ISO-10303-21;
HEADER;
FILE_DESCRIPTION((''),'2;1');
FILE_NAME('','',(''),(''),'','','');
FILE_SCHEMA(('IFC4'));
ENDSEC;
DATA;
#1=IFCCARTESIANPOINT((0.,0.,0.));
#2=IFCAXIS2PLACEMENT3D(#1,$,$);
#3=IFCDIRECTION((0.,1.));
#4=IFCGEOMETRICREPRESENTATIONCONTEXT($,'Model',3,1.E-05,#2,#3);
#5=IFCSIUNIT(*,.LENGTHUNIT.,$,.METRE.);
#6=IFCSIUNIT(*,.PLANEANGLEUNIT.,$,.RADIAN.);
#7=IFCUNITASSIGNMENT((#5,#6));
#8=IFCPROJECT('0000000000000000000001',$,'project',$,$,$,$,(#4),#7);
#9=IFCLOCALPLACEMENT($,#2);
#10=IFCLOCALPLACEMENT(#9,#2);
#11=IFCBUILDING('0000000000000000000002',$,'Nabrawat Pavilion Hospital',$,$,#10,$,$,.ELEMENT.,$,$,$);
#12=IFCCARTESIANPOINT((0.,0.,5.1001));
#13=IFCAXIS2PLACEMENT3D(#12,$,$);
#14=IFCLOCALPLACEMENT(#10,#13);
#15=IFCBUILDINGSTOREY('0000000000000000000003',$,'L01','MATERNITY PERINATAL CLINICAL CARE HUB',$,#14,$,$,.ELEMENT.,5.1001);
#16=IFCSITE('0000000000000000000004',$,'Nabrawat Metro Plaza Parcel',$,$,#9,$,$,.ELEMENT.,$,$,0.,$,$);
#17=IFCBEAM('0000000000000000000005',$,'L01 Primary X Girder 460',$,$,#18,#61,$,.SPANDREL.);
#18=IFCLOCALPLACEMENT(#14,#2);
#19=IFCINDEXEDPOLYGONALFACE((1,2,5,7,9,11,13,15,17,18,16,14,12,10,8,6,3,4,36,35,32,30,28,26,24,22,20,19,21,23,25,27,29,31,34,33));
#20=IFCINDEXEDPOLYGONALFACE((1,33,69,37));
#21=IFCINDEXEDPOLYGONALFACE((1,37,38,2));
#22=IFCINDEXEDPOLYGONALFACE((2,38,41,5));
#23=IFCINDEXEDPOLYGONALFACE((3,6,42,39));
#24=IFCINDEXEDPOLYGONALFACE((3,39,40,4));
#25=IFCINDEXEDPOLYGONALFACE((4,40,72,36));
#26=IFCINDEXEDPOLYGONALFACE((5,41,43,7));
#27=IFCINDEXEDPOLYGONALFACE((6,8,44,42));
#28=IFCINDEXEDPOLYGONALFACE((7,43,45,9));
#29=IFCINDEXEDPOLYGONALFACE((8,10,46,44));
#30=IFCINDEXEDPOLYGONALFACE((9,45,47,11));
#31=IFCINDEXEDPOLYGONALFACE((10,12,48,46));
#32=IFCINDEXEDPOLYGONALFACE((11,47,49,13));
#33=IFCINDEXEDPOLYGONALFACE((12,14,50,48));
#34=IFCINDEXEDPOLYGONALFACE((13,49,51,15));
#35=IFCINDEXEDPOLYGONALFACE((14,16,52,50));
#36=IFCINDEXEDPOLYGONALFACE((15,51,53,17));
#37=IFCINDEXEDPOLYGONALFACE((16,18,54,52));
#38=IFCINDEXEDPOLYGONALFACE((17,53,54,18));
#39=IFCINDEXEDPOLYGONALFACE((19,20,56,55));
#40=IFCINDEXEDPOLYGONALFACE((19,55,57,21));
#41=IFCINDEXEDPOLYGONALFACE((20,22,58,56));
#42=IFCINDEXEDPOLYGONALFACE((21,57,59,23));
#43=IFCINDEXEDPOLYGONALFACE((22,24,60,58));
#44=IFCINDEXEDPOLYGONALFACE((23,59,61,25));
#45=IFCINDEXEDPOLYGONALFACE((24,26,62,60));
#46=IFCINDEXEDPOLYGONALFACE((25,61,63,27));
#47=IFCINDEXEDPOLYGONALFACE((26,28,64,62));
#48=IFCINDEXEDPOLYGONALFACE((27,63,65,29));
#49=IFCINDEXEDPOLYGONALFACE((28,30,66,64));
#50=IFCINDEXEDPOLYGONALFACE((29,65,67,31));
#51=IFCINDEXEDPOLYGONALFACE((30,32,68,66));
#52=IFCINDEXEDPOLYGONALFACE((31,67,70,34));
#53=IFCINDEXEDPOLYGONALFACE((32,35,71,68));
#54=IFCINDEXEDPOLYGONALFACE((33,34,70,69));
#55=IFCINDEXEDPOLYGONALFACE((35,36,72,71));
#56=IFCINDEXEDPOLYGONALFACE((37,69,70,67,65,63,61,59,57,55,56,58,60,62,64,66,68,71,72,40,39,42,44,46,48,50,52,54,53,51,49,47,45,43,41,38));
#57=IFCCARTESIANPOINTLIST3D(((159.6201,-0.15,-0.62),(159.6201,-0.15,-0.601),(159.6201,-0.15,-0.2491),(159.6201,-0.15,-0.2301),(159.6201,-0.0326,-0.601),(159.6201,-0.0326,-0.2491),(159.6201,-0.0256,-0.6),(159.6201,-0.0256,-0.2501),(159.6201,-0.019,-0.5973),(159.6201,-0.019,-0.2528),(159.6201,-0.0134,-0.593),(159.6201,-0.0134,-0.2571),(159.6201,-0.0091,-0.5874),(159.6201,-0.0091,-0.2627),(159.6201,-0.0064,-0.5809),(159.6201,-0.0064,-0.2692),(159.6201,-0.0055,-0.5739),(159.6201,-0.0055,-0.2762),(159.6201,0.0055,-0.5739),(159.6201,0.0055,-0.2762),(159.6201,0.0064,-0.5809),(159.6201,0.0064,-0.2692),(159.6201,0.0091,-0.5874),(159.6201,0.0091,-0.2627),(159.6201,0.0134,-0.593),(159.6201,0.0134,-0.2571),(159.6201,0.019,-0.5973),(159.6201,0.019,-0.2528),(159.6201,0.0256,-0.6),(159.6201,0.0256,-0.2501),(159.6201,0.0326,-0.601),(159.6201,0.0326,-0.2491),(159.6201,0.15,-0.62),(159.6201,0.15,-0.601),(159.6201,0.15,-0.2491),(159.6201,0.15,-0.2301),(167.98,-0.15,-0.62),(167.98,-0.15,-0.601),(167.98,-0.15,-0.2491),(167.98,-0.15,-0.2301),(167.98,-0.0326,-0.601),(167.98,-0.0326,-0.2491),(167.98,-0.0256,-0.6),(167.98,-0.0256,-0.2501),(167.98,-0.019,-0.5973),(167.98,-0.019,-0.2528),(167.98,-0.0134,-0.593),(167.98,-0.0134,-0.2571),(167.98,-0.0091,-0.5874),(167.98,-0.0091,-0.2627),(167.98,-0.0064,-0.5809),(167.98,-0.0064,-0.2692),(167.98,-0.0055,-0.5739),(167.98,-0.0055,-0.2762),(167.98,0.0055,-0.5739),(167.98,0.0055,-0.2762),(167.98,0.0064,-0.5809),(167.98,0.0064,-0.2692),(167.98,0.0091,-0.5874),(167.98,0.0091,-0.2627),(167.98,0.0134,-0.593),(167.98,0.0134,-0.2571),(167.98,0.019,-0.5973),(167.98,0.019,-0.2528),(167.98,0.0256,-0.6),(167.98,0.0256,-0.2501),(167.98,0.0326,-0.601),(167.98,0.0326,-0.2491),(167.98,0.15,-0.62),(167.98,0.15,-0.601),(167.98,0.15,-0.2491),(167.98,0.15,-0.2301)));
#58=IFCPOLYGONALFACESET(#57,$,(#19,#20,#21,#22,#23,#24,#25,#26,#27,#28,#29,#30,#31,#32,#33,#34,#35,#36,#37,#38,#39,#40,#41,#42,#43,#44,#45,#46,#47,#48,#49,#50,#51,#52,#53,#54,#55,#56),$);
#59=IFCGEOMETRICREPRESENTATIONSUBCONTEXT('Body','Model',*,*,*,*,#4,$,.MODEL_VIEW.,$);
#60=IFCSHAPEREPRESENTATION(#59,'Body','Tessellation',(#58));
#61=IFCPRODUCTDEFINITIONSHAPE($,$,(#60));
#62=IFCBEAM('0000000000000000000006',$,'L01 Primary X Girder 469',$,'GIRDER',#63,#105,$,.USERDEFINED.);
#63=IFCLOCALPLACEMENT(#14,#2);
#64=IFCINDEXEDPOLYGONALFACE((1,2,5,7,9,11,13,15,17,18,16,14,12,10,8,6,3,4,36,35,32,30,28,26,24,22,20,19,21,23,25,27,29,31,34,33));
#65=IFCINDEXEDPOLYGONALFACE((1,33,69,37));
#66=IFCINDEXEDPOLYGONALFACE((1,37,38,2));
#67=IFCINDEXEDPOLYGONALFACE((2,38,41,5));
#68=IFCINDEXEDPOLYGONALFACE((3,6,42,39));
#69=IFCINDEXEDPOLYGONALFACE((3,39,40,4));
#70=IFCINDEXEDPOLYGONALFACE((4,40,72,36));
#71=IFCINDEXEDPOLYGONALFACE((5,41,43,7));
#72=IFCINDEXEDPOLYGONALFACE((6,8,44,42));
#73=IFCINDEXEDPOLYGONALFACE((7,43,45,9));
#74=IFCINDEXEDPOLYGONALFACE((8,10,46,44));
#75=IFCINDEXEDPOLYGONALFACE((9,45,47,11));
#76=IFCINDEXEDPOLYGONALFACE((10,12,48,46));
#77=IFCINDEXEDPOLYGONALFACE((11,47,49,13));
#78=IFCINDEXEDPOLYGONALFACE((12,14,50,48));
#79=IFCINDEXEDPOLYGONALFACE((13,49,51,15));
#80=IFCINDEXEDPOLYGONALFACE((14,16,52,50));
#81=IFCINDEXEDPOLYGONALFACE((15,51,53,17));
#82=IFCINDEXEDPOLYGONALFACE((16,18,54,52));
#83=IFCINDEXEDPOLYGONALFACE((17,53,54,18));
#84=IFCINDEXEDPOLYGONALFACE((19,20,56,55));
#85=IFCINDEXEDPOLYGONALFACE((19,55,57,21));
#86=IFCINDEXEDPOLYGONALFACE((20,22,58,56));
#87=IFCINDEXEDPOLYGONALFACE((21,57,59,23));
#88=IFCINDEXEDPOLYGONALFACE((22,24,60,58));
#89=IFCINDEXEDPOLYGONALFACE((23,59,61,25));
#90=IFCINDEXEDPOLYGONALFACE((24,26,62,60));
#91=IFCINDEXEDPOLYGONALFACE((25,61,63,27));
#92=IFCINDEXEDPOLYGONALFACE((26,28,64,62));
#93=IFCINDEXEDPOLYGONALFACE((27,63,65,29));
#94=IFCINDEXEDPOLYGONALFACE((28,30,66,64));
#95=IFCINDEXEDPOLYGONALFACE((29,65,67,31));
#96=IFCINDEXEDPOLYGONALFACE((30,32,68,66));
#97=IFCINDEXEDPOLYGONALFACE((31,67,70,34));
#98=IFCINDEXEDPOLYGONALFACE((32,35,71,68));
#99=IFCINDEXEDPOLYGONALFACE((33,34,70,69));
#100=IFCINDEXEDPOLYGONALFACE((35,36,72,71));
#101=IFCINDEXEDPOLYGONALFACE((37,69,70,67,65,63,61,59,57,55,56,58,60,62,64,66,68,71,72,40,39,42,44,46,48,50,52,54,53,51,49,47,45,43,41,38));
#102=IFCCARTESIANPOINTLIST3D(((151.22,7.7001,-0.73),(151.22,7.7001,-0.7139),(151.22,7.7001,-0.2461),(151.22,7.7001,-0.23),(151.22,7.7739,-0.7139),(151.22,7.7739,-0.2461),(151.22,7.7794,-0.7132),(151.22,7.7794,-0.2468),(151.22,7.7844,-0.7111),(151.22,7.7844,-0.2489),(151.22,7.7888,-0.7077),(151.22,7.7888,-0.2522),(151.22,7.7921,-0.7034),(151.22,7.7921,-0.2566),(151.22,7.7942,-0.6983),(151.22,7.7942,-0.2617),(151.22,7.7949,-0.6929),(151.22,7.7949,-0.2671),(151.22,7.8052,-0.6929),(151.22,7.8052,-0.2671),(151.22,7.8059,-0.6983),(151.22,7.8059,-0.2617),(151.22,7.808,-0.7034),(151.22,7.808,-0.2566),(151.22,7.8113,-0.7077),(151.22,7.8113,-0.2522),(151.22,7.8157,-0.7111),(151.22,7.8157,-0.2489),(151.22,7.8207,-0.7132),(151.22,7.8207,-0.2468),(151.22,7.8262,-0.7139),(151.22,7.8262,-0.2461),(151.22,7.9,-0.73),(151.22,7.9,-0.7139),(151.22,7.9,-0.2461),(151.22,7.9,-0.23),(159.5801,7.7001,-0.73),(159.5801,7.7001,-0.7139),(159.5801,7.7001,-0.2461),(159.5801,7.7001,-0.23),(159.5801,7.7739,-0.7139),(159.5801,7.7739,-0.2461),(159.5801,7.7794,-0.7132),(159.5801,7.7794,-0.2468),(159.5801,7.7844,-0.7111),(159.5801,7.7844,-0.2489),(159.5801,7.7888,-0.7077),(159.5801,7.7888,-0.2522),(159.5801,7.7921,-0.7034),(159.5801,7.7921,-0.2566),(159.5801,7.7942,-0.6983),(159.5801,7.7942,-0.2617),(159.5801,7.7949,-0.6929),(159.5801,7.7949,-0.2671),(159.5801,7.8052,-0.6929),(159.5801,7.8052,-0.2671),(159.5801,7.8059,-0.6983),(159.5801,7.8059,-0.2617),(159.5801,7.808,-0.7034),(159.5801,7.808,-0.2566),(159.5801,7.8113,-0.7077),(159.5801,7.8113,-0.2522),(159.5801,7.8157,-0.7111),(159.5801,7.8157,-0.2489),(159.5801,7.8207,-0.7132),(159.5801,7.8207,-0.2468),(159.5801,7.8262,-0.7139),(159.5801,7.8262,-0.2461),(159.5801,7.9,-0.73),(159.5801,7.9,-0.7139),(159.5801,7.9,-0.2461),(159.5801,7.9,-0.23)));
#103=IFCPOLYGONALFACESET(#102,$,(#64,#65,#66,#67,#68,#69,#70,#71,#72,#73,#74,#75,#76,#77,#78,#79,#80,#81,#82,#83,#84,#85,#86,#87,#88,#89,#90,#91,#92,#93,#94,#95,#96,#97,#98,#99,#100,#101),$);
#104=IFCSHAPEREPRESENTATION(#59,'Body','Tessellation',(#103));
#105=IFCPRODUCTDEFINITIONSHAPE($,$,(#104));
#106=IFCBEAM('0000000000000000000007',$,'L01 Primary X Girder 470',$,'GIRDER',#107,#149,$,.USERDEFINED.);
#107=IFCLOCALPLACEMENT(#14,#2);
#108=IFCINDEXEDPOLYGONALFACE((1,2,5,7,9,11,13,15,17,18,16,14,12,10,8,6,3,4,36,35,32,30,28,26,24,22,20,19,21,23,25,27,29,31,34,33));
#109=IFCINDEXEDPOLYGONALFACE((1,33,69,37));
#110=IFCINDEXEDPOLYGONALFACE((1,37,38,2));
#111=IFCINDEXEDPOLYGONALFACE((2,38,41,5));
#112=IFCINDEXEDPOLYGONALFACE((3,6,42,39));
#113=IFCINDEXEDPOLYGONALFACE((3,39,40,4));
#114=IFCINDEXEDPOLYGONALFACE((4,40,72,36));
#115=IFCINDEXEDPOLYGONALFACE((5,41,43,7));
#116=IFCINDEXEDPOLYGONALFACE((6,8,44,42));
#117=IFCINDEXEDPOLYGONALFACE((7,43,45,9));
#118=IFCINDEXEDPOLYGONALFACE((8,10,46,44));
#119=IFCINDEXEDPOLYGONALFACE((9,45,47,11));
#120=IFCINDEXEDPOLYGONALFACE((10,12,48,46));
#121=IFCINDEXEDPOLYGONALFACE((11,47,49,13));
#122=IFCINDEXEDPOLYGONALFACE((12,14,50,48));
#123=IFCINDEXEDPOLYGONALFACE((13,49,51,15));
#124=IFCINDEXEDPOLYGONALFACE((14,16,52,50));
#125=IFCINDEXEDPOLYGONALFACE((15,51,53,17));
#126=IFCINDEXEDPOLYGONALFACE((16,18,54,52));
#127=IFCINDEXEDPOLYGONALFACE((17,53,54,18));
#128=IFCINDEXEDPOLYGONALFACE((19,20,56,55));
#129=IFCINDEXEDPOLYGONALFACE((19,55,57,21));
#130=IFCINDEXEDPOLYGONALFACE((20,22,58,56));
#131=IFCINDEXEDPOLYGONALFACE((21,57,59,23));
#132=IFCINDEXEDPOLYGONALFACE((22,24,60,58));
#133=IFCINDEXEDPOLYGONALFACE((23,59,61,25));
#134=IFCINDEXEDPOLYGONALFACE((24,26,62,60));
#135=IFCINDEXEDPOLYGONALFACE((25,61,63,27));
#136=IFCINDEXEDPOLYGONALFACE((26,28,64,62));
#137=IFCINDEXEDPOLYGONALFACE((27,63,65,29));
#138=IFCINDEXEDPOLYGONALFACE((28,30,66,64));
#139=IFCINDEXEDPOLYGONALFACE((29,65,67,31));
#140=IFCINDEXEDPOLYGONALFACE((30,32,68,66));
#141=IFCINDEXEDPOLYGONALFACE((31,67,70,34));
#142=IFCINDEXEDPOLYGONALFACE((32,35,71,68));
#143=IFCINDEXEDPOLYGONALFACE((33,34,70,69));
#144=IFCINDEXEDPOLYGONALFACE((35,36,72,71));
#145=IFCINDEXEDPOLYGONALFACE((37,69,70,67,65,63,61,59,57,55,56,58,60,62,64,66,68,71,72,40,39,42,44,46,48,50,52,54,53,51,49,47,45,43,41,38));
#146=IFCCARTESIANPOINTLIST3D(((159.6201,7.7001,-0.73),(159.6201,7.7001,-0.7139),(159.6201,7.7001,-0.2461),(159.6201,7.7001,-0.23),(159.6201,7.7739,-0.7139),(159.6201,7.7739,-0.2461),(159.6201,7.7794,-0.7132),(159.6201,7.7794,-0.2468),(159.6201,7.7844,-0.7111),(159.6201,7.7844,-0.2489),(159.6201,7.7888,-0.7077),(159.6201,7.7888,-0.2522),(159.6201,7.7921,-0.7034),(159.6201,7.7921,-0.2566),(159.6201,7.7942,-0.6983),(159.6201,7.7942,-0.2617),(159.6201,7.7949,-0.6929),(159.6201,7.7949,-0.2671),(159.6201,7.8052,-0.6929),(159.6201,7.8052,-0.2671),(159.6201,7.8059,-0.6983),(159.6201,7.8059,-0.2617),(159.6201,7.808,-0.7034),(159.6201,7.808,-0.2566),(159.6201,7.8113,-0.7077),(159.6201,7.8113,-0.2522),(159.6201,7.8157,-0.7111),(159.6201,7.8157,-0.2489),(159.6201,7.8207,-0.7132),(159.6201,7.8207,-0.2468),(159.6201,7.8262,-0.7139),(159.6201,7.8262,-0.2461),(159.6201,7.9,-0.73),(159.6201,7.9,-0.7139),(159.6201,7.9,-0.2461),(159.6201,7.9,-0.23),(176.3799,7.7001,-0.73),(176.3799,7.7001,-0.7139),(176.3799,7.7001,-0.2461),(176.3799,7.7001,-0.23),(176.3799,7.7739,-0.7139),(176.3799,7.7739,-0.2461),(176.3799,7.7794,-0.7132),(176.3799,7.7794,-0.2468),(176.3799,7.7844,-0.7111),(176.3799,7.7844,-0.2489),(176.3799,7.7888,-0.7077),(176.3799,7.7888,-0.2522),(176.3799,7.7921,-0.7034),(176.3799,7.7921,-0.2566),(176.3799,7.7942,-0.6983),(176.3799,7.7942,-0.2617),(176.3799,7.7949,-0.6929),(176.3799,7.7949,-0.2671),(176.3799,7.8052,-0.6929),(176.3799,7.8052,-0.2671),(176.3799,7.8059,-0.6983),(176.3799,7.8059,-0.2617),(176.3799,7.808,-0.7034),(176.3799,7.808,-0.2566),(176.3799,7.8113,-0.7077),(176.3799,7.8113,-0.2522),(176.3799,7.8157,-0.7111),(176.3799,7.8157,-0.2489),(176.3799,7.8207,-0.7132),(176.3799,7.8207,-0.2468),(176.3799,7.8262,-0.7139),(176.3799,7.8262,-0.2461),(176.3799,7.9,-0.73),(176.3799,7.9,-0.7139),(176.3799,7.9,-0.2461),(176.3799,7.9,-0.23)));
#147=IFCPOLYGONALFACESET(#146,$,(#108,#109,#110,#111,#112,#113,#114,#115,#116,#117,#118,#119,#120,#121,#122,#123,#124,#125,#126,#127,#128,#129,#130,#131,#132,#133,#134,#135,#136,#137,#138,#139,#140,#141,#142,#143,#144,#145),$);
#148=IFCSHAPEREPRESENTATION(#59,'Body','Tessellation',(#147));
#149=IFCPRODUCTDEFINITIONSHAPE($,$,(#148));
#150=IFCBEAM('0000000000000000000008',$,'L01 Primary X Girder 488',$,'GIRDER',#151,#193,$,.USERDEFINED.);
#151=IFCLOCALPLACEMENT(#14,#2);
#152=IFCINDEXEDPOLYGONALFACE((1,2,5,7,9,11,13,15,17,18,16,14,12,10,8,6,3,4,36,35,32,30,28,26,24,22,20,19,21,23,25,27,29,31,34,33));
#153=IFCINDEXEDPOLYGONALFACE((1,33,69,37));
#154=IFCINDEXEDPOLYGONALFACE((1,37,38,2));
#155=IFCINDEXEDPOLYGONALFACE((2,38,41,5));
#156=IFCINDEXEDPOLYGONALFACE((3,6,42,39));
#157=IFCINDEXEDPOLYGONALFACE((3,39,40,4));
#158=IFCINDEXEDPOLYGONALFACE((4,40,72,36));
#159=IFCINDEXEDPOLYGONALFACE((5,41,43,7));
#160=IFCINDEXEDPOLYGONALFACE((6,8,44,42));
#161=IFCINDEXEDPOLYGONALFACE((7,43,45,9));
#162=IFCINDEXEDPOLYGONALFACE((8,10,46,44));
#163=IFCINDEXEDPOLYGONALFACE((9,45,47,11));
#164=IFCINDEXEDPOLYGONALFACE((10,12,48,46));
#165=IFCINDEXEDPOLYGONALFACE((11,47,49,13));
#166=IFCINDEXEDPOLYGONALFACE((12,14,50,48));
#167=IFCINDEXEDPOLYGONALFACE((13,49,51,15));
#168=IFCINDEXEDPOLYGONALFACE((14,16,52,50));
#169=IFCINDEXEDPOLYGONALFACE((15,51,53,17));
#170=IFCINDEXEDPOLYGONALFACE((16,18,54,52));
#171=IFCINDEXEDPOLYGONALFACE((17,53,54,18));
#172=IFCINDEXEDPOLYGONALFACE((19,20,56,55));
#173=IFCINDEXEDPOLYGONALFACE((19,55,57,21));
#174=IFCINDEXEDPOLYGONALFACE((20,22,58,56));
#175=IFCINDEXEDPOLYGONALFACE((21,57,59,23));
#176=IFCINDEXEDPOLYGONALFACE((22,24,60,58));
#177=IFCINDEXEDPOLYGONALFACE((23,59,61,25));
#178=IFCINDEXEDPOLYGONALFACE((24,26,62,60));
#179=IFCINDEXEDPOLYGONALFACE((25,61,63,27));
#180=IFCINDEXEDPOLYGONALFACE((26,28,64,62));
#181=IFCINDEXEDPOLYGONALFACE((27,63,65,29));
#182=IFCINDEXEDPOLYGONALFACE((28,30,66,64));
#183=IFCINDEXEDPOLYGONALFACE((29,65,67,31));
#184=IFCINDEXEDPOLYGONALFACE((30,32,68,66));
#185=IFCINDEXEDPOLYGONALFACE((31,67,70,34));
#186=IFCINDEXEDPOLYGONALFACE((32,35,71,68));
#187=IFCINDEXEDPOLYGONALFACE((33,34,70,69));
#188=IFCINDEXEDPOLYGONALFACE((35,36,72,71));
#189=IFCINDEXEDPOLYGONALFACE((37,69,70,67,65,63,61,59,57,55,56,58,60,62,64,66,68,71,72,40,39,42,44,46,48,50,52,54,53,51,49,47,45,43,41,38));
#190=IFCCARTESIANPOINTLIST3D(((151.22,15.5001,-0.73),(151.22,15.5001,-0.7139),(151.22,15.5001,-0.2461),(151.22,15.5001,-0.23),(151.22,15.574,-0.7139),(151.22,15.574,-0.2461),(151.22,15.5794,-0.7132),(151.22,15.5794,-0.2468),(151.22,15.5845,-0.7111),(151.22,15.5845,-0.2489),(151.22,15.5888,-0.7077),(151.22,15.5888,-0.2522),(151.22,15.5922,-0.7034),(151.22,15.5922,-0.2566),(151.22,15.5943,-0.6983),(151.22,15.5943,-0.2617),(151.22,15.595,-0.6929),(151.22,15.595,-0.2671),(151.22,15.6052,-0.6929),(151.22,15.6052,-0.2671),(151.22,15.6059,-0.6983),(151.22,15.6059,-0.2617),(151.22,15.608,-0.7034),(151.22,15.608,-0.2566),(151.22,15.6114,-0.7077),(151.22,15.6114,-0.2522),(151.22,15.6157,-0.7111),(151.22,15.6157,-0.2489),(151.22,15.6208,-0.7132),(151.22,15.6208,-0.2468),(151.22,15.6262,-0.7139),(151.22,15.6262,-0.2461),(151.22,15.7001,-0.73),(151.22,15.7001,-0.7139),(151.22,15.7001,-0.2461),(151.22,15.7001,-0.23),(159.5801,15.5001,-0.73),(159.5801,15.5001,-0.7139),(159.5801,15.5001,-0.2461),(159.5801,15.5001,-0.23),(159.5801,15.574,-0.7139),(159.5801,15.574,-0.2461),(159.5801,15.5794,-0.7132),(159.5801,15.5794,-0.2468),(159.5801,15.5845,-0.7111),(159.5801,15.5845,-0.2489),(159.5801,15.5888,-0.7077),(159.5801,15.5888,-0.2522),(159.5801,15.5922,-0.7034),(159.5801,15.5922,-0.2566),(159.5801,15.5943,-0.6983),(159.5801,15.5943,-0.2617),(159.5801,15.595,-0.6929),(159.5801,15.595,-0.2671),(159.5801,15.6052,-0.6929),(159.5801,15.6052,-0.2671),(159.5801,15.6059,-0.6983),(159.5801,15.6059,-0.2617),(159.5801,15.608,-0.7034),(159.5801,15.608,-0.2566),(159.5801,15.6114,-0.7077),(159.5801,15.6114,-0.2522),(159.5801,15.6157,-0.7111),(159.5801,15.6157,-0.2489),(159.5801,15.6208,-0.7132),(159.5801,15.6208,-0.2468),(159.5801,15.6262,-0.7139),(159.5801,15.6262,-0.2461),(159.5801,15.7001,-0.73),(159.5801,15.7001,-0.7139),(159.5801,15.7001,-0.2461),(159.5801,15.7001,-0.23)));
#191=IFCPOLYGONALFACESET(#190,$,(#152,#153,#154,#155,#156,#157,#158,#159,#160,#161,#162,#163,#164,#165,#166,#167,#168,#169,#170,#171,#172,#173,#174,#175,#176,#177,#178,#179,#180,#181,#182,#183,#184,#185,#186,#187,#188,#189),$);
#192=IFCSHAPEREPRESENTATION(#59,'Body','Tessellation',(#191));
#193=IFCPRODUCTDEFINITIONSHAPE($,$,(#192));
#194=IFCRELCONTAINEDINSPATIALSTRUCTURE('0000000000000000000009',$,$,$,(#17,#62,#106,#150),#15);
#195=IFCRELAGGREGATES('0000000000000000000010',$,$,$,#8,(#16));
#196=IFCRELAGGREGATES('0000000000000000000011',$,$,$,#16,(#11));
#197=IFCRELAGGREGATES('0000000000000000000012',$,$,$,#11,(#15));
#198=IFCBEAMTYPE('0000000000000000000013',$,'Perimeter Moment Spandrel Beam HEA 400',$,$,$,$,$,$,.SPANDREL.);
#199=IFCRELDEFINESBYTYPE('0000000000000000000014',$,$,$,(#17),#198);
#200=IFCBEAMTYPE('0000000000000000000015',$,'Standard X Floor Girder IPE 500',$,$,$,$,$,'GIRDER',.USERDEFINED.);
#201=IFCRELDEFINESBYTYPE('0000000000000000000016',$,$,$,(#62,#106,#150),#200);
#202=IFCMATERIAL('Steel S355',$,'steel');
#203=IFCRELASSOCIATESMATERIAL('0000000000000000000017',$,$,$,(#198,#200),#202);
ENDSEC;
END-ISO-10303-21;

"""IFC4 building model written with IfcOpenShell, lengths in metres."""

from ifc_helpers import new_model, si_unit, direction, frame, origin, origin_2d, place, context, subcontext, project, spatial, i_section, extrude, material, material_profile, profile_set, type_object, element, save


model = new_model("IFC4")

# Units and contexts
model_context = context("Model", 3, precision=1e-05, world=origin(), true_north=direction((0.0, 1.0)))
body_context = subcontext(model_context, "Body", "Model", "MODEL_VIEW")
ifc_project = project(units=[si_unit("LENGTHUNIT", "METRE"), si_unit("PLANEANGLEUNIT", "RADIAN")], contexts=[model_context])

# Site, building, storey
site_placement = place(None, origin())
site = spatial("IfcSite", under=ifc_project, at=site_placement, Name="Nabrawat Metro Plaza Parcel", CompositionType="ELEMENT", RefElevation=0.0)
building_placement = place(site_placement, origin())
building = spatial("IfcBuilding", under=site, at=building_placement, Name="Nabrawat Pavilion Hospital", CompositionType="ELEMENT")
storey_placement = place(building_placement, frame((0.0, 0.0, 5.1001)))
storey = spatial("IfcBuildingStorey", under=building, at=storey_placement, Name="L01", Description="MATERNITY PERINATAL CLINICAL CARE HUB", CompositionType="ELEMENT", Elevation=5.1001)

# Shared definitions
ifc_material_1 = material(Name="Steel S355", Category="steel")

# Beams
ifc_material_profile_1 = material_profile(ifc_material_1, i_section(OverallWidth=0.3, OverallDepth=0.3899, WebThickness=0.011, FlangeThickness=0.019, FilletRadius=0.0271, at=origin_2d()), Name="HEA 400")
ifc_profile_set_1 = profile_set([ifc_material_profile_1], Name="Steel S355")
beam_type_1 = type_object("IfcBeamType", Name="Perimeter Moment Spandrel Beam HEA 400", PredefinedType="SPANDREL", material=ifc_profile_set_1)
beam_1_placement = place(storey_placement, frame((159.6201, 0.0, -0.425), z_axis=(1.0, 0.0, 0.0), x_axis=(0.0, 1.0, 0.0)))
element("IfcBeam", 1, at=beam_1_placement, inside=storey, type_object=beam_type_1, Name="L01 Primary X Girder 460", PredefinedType="SPANDREL", context=body_context, shape_type="SweptSolid", body=[
    extrude(i_section(OverallWidth=0.3, OverallDepth=0.3899, WebThickness=0.011, FlangeThickness=0.019, FilletRadius=0.0271, at=origin_2d()), origin(), (0.0, 0.0, 1.0), 8.3599),
])
ifc_material_profile_2 = material_profile(ifc_material_1, i_section(OverallWidth=0.2, OverallDepth=0.5, WebThickness=0.0103, FlangeThickness=0.0161, FilletRadius=0.021, at=origin_2d()), Name="IPE 500")
ifc_profile_set_2 = profile_set([ifc_material_profile_2], Name="Steel S355")
beam_type_2 = type_object("IfcBeamType", Name="Standard X Floor Girder IPE 500", ElementType="GIRDER", PredefinedType="USERDEFINED", material=ifc_profile_set_2)
beam_2_placement = place(storey_placement, frame((151.22, 7.8, -0.48), z_axis=(1.0, 0.0, 0.0), x_axis=(0.0, 1.0, 0.0)))
element("IfcBeam", 2, at=beam_2_placement, inside=storey, type_object=beam_type_2, Name="L01 Primary X Girder 469", ObjectType="GIRDER", PredefinedType="USERDEFINED", context=body_context, shape_type="SweptSolid", body=[
    extrude(i_section(OverallWidth=0.2, OverallDepth=0.5, WebThickness=0.0103, FlangeThickness=0.0161, FilletRadius=0.021, at=origin_2d()), origin(), (0.0, 0.0, 1.0), 8.3601),
])
beam_3_placement = place(storey_placement, frame((159.6201, 7.8, -0.48), z_axis=(1.0, 0.0, 0.0), x_axis=(0.0, 1.0, 0.0)))
element("IfcBeam", 3, at=beam_3_placement, inside=storey, type_object=beam_type_2, Name="L01 Primary X Girder 470", ObjectType="GIRDER", PredefinedType="USERDEFINED", context=body_context, shape_type="SweptSolid", body=[
    extrude(i_section(OverallWidth=0.2, OverallDepth=0.5, WebThickness=0.0103, FlangeThickness=0.0161, FilletRadius=0.021, at=origin_2d()), origin(), (0.0, 0.0, 1.0), 16.7598),
])
beam_4_placement = place(storey_placement, frame((151.22, 15.6001, -0.48), z_axis=(1.0, 0.0, 0.0), x_axis=(0.0, 1.0, 0.0)))
element("IfcBeam", 4, at=beam_4_placement, inside=storey, type_object=beam_type_2, Name="L01 Primary X Girder 488", ObjectType="GIRDER", PredefinedType="USERDEFINED", context=body_context, shape_type="SweptSolid", body=[
    extrude(i_section(OverallWidth=0.2, OverallDepth=0.5, WebThickness=0.0103, FlangeThickness=0.0161, FilletRadius=0.021, at=origin_2d()), origin(), (0.0, 0.0, 1.0), 8.3601),
])

save(model, "model.ifc")
